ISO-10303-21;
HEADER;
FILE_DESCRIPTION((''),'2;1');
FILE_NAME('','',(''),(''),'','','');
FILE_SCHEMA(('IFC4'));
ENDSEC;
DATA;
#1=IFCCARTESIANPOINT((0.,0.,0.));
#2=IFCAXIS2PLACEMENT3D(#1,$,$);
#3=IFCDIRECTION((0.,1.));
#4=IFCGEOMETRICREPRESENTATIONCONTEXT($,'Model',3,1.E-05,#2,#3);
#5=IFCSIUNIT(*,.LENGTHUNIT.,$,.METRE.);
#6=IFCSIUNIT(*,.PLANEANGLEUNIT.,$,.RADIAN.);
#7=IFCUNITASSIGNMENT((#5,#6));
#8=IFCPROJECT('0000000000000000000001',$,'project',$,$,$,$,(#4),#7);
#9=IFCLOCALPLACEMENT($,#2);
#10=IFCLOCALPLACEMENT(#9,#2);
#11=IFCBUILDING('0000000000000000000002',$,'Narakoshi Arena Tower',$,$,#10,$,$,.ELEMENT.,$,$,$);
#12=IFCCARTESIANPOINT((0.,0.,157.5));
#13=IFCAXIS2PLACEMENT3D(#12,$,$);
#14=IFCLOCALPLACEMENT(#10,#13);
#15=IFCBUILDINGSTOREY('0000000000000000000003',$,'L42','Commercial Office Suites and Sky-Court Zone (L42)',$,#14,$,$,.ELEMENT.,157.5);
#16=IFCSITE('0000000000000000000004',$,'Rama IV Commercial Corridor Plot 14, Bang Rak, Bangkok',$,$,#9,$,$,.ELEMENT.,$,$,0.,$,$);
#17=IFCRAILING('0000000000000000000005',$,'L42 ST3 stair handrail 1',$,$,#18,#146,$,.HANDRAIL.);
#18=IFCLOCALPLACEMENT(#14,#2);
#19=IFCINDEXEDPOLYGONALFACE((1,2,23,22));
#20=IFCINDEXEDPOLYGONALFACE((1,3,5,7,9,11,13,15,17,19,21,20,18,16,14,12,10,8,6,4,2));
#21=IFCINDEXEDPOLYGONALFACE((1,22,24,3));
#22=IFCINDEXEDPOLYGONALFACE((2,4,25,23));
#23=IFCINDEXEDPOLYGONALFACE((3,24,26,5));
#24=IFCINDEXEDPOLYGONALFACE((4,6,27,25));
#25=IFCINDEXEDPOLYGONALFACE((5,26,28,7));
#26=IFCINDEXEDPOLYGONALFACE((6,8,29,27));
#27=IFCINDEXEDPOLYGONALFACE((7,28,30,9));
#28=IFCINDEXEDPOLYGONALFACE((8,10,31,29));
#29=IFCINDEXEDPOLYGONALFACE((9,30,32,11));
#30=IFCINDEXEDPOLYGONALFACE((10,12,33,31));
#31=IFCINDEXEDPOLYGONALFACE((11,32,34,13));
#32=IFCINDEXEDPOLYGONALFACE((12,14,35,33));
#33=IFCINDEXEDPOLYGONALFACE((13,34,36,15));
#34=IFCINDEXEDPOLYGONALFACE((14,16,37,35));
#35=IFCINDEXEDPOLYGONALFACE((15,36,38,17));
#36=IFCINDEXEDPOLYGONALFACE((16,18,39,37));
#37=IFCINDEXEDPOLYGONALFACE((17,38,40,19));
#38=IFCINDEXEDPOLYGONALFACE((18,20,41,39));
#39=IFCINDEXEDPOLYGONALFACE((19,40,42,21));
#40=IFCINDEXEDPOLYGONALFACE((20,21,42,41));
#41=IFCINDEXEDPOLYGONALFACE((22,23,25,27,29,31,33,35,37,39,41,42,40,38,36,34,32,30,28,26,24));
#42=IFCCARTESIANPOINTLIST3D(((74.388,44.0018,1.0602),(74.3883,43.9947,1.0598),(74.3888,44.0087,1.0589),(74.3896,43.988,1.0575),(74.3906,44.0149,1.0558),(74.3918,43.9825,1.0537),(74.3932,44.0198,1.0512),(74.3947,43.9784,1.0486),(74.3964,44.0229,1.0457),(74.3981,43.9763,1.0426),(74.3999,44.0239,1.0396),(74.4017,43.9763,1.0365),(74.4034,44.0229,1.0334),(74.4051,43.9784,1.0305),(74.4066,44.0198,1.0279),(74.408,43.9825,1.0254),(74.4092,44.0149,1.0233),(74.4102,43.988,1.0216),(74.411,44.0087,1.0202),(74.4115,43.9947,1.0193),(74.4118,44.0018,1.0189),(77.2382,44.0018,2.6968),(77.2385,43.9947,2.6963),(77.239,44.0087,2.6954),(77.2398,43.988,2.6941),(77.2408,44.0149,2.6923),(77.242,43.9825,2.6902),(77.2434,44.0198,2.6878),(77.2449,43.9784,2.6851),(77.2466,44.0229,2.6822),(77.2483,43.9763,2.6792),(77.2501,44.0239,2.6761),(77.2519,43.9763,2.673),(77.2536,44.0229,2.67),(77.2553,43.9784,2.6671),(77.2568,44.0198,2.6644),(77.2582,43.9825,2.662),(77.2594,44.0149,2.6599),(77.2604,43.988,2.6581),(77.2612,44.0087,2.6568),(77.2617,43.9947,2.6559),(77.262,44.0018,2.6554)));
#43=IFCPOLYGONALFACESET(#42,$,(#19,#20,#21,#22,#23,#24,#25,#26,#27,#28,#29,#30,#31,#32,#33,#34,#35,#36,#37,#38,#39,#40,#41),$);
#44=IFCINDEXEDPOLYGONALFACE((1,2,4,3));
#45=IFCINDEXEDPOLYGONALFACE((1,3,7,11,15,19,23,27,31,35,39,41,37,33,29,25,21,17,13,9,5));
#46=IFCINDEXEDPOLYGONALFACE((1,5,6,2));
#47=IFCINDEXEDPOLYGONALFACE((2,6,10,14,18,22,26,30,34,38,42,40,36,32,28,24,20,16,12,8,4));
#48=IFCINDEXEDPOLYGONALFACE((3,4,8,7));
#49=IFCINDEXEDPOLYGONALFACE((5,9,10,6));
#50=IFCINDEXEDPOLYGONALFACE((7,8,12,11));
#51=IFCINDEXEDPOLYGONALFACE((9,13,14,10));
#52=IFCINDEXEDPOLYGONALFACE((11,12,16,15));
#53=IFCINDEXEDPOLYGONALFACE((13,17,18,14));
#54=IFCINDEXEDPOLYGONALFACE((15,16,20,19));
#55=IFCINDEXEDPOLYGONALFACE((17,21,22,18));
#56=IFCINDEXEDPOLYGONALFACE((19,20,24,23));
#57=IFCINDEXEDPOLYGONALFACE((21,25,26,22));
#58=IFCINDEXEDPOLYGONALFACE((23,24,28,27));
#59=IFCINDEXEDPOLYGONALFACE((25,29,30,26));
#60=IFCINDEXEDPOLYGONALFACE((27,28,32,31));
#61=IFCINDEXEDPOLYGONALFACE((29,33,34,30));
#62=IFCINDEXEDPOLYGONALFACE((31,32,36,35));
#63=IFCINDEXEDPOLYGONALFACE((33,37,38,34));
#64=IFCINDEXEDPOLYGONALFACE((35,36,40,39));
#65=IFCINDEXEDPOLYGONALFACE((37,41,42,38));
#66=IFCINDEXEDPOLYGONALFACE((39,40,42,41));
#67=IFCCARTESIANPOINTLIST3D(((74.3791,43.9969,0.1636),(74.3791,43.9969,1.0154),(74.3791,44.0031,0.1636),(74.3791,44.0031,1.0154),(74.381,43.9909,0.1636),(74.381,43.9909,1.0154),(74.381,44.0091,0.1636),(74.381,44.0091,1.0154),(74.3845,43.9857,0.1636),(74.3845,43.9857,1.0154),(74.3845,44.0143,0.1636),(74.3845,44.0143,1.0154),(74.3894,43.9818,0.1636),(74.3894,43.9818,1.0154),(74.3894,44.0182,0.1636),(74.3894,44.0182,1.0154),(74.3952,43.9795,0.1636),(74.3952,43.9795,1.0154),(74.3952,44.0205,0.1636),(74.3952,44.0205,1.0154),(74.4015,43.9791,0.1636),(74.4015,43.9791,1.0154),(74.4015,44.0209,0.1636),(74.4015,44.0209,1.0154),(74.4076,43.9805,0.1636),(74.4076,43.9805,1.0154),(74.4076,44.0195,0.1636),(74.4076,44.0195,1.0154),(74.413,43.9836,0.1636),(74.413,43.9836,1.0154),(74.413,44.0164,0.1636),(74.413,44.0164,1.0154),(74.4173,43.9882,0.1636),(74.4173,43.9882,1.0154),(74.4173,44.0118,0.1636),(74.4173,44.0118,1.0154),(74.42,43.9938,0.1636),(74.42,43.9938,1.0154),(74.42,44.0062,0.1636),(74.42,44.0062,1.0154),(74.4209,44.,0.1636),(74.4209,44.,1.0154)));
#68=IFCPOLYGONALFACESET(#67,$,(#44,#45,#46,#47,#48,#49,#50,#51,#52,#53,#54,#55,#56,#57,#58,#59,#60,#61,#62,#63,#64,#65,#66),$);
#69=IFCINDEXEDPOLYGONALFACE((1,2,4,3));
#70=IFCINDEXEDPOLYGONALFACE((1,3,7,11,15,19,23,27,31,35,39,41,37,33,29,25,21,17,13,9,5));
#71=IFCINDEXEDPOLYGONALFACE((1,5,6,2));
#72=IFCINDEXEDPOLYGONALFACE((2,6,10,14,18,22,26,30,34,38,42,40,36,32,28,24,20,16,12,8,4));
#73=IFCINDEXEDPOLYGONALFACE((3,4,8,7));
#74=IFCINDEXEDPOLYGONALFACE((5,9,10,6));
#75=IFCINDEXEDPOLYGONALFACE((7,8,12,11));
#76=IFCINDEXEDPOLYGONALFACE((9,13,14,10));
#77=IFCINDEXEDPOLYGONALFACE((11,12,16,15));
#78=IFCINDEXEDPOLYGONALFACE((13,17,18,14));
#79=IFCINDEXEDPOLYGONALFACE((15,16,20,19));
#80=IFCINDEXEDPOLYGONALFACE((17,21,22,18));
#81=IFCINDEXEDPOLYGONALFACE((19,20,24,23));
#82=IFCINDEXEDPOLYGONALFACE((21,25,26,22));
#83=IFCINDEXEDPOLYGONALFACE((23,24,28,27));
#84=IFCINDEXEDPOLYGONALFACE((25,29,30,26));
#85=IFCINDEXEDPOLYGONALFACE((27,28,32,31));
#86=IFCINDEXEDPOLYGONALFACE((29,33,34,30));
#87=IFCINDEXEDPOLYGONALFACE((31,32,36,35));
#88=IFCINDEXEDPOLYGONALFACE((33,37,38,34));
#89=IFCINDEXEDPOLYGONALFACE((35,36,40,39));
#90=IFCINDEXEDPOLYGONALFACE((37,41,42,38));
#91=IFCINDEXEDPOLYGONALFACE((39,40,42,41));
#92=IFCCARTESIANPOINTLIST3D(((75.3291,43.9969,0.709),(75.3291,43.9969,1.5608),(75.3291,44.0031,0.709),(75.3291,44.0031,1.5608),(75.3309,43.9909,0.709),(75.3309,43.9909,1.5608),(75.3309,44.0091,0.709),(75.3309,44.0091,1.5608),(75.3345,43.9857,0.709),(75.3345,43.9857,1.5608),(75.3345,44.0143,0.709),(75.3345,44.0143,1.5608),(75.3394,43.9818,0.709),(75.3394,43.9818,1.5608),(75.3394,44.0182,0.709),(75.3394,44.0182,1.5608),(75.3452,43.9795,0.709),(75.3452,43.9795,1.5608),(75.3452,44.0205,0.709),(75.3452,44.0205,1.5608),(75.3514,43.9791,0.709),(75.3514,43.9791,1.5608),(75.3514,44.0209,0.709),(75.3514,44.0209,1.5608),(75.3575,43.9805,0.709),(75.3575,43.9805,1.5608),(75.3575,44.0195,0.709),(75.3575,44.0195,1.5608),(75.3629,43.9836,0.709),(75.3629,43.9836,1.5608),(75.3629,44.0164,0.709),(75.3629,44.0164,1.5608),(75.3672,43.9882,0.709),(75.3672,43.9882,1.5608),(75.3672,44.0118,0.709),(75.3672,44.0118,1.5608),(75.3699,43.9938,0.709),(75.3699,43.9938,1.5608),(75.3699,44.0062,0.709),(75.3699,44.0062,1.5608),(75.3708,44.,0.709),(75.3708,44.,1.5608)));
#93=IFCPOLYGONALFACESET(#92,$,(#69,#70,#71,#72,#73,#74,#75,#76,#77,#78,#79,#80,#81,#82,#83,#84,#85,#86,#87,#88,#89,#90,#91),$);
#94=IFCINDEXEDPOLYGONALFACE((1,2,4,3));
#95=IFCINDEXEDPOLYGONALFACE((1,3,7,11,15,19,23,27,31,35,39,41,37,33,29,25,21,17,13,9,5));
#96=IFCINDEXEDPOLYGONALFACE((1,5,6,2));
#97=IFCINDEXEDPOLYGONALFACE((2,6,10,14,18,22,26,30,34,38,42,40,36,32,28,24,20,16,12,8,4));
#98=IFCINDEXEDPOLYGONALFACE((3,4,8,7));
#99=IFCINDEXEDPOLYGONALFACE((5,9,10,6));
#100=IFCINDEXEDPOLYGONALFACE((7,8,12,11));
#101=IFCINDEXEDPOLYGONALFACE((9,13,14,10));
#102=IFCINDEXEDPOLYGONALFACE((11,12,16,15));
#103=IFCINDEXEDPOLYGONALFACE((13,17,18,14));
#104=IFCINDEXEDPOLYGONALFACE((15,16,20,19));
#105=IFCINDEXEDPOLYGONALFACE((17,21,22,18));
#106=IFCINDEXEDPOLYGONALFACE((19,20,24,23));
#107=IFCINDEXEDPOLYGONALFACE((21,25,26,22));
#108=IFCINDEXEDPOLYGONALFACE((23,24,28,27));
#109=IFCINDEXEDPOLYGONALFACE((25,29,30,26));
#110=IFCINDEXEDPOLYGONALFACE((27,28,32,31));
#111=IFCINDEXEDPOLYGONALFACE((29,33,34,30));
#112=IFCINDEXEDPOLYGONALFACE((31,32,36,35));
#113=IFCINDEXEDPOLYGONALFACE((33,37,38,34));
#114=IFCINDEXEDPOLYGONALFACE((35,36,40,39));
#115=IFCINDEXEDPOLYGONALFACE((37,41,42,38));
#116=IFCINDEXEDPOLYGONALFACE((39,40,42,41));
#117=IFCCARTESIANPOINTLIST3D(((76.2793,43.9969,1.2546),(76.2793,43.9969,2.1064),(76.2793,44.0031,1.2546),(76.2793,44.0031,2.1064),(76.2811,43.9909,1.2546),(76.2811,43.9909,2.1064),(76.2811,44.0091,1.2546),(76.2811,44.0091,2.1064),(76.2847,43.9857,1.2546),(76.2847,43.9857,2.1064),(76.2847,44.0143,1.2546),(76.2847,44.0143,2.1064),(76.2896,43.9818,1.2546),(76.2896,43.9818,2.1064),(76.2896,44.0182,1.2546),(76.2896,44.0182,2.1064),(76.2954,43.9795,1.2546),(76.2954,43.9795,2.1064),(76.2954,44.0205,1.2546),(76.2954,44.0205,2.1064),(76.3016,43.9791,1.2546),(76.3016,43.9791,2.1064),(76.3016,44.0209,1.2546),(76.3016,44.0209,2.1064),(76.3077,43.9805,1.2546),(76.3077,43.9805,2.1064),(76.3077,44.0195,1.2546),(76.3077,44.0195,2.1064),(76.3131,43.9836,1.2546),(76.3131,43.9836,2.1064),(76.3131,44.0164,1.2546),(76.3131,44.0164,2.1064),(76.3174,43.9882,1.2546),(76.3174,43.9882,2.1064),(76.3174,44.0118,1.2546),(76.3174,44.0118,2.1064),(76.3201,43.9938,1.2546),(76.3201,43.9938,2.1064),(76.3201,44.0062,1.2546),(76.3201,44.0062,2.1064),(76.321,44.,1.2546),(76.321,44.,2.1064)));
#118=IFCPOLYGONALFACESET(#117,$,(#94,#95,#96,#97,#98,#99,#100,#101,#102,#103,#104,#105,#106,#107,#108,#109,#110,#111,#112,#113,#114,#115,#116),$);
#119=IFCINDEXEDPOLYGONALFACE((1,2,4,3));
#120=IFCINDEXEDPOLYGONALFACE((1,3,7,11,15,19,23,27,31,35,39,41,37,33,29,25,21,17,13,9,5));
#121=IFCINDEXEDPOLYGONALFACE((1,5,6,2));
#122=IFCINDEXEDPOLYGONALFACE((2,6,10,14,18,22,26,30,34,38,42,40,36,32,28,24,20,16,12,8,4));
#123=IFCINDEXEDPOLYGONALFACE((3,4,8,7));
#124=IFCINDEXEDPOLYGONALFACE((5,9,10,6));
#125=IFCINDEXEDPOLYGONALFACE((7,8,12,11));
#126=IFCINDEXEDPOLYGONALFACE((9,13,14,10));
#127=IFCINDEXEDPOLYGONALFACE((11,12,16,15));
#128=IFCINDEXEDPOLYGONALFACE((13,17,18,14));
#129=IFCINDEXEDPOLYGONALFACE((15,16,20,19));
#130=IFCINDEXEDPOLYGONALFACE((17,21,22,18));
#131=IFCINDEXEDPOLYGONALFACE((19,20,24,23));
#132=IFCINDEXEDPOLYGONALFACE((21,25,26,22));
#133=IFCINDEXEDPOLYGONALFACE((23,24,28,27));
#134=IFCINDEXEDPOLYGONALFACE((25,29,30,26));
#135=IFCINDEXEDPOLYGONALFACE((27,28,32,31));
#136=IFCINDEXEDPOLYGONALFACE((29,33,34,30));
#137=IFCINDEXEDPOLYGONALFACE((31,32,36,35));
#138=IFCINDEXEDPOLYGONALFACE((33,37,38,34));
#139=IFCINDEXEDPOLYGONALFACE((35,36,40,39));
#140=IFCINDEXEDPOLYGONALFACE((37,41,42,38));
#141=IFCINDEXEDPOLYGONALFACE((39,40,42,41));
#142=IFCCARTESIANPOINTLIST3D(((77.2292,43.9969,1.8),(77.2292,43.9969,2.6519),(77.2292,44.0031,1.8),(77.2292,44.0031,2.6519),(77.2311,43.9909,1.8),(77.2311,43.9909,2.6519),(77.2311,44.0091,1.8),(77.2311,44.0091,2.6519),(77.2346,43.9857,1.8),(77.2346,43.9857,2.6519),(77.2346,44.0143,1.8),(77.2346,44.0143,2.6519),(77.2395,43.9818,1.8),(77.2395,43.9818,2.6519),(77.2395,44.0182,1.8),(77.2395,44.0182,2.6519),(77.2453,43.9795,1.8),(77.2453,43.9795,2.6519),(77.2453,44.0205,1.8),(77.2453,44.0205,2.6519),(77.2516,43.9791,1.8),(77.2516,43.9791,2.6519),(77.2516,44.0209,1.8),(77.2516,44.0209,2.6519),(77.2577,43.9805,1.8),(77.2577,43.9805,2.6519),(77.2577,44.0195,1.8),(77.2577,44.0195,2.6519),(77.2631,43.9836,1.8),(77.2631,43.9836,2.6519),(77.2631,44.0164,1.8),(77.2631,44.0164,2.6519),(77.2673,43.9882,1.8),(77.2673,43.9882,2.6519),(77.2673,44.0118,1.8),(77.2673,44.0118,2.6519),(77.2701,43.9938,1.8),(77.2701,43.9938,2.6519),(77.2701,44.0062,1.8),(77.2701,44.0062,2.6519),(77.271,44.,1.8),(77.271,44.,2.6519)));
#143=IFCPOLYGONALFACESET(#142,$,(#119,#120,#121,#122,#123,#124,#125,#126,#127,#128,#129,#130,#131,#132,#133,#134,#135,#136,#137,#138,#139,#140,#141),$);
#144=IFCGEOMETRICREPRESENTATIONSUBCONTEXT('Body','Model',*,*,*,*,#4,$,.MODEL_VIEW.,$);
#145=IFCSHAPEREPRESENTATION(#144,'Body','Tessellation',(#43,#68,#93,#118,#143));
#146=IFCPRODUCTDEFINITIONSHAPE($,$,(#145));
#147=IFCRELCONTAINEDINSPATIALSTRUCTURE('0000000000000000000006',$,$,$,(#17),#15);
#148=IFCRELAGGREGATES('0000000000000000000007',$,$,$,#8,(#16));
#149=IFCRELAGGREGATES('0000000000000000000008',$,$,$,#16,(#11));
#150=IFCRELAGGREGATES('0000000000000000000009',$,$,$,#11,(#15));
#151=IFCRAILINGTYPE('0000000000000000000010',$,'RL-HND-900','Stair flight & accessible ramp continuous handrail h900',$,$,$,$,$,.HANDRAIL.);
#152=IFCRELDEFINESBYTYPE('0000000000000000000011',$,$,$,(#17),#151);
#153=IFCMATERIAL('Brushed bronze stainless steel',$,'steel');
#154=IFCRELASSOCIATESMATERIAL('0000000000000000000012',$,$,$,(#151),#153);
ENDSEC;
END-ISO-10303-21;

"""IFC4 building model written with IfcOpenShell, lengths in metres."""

from ifc_helpers import new_model, si_unit, direction, frame, origin, origin_2d, place, context, subcontext, project, spatial, circle, extrude, material, type_object, element, save


model = new_model("IFC4")

# Units and contexts
model_context = context("Model", 3, precision=1e-05, world=origin(), true_north=direction((0.0, 1.0)))
body_context = subcontext(model_context, "Body", "Model", "MODEL_VIEW")
ifc_project = project(units=[si_unit("LENGTHUNIT", "METRE"), si_unit("PLANEANGLEUNIT", "RADIAN")], contexts=[model_context])

# Site, building, storey
site_placement = place(None, origin())
site = spatial("IfcSite", under=ifc_project, at=site_placement, Name="Rama IV Commercial Corridor Plot 14, Bang Rak, Bangkok", CompositionType="ELEMENT", RefElevation=0.0)
building_placement = place(site_placement, origin())
building = spatial("IfcBuilding", under=site, at=building_placement, Name="Narakoshi Arena Tower", CompositionType="ELEMENT")
storey_placement = place(building_placement, frame((0.0, 0.0, 157.5)))
storey = spatial("IfcBuildingStorey", under=building, at=storey_placement, Name="L42", Description="Commercial Office Suites and Sky-Court Zone (L42)", CompositionType="ELEMENT", Elevation=157.5)

# Railing
ifc_material_1 = material(Name="Brushed bronze stainless steel", Category="steel")
railing_type_1 = type_object("IfcRailingType", Name="RL-HND-900", Description="Stair flight & accessible ramp continuous handrail h900", PredefinedType="HANDRAIL", material=ifc_material_1)
for number, where, name in (
    (1, (74.3999, 44.0, 0.1636), "L42 ST3 stair handrail 1"),
):
    element("IfcRailing", number, at=place(storey_placement, frame(where)), inside=storey, type_object=railing_type_1, Name=name, PredefinedType="HANDRAIL", context=body_context, shape_type="SweptSolid", body=[
        extrude(circle(Radius=0.0239, at=origin_2d()), frame((0.0, 0.0, 0.876), z_axis=(0.867213, 0.0, 0.497938), x_axis=(0.0, 1.0, 0.0)), (0.0, 0.0, 1.0), 3.2866),
        extrude(circle(Radius=0.021, at=origin_2d()), origin(), (0.0, 0.0, 1.0), 0.8518),
        extrude(circle(Radius=0.021, at=origin_2d()), frame((0.95, 0.0, 0.5454)), (0.0, 0.0, 1.0), 0.8518),
        extrude(circle(Radius=0.021, at=origin_2d()), frame((1.9001, 0.0, 1.0911)), (0.0, 0.0, 1.0), 0.8518),
        extrude(circle(Radius=0.021, at=origin_2d()), frame((2.8501, 0.0, 1.6365)), (0.0, 0.0, 1.0), 0.8518),
    ])

save(model, "model.ifc")
